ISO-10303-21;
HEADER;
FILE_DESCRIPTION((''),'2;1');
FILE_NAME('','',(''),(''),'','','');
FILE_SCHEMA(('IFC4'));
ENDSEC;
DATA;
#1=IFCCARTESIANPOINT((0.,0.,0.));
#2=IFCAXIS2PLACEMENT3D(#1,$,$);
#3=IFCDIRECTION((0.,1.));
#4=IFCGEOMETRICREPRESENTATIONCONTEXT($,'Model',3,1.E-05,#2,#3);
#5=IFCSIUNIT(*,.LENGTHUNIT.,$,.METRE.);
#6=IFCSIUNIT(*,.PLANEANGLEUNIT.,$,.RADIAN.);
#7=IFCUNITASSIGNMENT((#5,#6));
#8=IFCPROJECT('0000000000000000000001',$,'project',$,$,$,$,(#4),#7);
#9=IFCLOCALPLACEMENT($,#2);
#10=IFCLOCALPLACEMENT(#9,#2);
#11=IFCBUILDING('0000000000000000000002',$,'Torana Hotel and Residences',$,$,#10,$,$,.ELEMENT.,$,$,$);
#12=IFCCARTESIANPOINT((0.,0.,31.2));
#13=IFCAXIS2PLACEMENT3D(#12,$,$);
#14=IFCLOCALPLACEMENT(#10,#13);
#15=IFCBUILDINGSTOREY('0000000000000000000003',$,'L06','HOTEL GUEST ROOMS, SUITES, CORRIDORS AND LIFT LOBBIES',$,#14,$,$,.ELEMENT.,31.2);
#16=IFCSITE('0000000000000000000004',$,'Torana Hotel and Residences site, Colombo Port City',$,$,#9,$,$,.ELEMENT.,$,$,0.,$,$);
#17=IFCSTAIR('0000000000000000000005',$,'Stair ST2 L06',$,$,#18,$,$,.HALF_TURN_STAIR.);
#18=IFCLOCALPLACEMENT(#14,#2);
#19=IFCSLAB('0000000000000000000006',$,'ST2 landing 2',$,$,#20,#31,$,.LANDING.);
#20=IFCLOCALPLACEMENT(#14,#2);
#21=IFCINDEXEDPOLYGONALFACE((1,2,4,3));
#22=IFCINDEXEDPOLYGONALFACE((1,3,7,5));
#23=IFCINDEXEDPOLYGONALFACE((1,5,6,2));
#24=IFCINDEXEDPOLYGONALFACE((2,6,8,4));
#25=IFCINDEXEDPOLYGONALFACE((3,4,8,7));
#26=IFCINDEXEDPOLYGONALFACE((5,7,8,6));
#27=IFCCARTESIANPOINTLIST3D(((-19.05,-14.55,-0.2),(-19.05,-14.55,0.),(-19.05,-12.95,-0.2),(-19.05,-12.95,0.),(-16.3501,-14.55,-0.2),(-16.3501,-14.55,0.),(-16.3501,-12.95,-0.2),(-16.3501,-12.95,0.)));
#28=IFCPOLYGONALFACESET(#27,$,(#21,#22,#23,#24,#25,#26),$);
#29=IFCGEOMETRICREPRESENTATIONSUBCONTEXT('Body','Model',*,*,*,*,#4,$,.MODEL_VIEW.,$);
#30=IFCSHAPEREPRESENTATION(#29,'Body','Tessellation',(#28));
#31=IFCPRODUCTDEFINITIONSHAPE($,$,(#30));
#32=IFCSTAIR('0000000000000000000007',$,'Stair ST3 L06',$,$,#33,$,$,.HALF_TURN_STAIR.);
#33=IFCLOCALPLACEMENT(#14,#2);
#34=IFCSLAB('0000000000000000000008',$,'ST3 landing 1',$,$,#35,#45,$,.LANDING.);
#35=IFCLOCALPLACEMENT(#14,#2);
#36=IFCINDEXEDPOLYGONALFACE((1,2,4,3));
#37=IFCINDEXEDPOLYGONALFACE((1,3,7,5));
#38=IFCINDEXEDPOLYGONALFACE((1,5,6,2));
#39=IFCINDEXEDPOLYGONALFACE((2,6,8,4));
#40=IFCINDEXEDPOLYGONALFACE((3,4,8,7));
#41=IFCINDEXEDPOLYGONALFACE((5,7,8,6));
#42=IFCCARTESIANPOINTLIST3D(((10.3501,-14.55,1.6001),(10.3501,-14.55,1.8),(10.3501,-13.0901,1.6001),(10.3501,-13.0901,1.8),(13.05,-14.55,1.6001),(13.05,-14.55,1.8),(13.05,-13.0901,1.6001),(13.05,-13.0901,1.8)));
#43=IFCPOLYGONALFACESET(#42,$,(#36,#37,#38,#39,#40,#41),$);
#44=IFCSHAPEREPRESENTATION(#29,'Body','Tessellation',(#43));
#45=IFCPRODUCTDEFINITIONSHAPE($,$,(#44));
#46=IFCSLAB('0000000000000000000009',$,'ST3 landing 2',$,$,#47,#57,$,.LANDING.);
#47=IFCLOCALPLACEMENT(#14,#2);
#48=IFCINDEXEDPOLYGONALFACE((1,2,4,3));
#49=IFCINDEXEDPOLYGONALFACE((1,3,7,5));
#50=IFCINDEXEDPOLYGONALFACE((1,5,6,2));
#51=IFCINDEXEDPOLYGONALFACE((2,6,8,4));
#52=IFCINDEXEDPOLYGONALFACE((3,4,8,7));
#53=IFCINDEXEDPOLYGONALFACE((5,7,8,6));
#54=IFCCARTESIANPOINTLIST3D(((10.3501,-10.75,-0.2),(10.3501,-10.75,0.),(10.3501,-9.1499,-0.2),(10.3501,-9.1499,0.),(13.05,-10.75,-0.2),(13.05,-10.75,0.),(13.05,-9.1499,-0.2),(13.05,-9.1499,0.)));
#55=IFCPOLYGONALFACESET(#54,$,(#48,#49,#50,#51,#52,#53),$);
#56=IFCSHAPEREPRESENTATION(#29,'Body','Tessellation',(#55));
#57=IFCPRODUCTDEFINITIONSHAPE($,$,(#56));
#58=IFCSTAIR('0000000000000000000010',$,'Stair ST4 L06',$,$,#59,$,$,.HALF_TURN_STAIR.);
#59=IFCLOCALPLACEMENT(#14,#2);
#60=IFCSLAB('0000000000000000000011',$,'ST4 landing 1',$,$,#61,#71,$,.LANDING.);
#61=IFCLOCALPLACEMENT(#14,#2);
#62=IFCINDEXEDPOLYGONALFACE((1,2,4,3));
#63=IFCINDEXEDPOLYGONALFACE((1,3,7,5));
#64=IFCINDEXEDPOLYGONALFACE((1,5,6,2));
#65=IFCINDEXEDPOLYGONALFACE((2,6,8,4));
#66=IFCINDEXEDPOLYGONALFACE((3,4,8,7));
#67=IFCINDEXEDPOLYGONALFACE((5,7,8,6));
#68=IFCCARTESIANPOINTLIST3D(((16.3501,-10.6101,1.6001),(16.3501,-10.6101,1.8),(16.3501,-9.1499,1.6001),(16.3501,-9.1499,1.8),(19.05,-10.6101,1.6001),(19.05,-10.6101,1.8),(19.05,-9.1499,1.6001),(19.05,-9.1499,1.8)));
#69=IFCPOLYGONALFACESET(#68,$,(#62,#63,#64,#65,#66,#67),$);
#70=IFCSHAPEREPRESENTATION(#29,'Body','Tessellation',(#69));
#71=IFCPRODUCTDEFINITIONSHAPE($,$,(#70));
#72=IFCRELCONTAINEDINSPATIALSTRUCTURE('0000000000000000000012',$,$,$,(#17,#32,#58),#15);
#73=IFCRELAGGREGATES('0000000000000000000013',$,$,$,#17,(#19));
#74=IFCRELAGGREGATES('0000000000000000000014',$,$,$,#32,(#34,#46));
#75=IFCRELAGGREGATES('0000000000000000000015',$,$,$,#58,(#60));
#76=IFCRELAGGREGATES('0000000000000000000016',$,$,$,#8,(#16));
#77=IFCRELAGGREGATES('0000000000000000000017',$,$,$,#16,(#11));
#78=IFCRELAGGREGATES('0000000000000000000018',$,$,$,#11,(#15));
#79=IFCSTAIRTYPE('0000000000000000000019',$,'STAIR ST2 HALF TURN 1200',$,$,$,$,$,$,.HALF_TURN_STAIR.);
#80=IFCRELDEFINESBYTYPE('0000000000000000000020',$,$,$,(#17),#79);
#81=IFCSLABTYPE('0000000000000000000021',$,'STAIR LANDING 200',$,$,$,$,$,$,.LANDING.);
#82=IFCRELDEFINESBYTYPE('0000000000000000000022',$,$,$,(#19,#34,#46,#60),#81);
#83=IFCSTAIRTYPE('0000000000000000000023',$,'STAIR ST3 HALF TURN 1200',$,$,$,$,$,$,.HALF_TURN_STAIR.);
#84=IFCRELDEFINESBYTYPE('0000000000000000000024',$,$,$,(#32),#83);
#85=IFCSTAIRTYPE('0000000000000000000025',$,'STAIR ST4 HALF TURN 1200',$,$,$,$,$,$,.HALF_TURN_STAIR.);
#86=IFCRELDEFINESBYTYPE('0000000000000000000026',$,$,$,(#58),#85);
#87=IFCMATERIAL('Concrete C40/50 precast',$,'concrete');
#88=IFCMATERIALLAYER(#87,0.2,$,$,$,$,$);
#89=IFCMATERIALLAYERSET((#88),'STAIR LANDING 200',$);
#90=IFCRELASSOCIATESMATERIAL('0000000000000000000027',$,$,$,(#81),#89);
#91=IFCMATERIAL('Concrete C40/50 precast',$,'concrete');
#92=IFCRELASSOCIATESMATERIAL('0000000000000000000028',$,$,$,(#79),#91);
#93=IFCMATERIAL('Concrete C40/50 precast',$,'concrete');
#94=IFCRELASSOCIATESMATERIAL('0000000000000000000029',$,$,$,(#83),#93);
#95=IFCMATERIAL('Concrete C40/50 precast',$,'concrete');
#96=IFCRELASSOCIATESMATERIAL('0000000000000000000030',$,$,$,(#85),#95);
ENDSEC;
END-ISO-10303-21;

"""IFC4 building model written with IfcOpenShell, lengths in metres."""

from ifc_helpers import new_model, si_unit, direction, frame, origin, place, context, subcontext, project, spatial, polyline, outline, extrude, material, layer, layer_set, type_object, element, aggregate, save


model = new_model("IFC4")

# Units and contexts
model_context = context("Model", 3, precision=1e-05, world=origin(), true_north=direction((0.0, 1.0)))
body_context = subcontext(model_context, "Body", "Model", "MODEL_VIEW")
ifc_project = project(units=[si_unit("LENGTHUNIT", "METRE"), si_unit("PLANEANGLEUNIT", "RADIAN")], contexts=[model_context])

# Site, building, storey
site_placement = place(None, origin())
site = spatial("IfcSite", under=ifc_project, at=site_placement, Name="Torana Hotel and Residences site, Colombo Port City", CompositionType="ELEMENT", RefElevation=0.0)
building_placement = place(site_placement, origin())
building = spatial("IfcBuilding", under=site, at=building_placement, Name="Torana Hotel and Residences", CompositionType="ELEMENT")
storey_placement = place(building_placement, frame((0.0, 0.0, 31.2)))
storey = spatial("IfcBuildingStorey", under=building, at=storey_placement, Name="L06", Description="HOTEL GUEST ROOMS, SUITES, CORRIDORS AND LIFT LOBBIES", CompositionType="ELEMENT", Elevation=31.2)

# Stairs, slabs
ifc_material_1 = material(Name="Concrete C40/50 precast", Category="concrete")
ifc_layer_1 = layer(ifc_material_1, 0.2)
ifc_layer_set_1 = layer_set([ifc_layer_1], Name="STAIR LANDING 200")
slab_type_1 = type_object("IfcSlabType", Name="STAIR LANDING 200", PredefinedType="LANDING", material=ifc_layer_set_1)
ifc_material_2 = material(Name="Concrete C40/50 precast", Category="concrete")
stair_type_1 = type_object("IfcStairType", Name="STAIR ST2 HALF TURN 1200", PredefinedType="HALF_TURN_STAIR", material=ifc_material_2)
stair_1_placement = place(storey_placement, origin())
stair_1 = element("IfcStair", 1, at=stair_1_placement, inside=storey, type_object=stair_type_1, Name="Stair ST2 L06", PredefinedType="HALF_TURN_STAIR")
slab_1_placement = place(storey_placement, frame((0.0, 0.0, -0.2)))
slab_1 = element("IfcSlab", 2, at=slab_1_placement, type_object=slab_type_1, Name="ST2 landing 2", PredefinedType="LANDING", context=body_context, shape_type="SweptSolid", body=[
    extrude(outline(polyline([(-19.05, -14.55), (-16.3501, -14.55), (-16.3501, -12.95), (-19.05, -12.95), (-19.05, -14.55)])), origin(), (0.0, 0.0, 1.0), 0.2),
])
aggregate(stair_1, [slab_1])
ifc_material_3 = material(Name="Concrete C40/50 precast", Category="concrete")
stair_type_2 = type_object("IfcStairType", Name="STAIR ST3 HALF TURN 1200", PredefinedType="HALF_TURN_STAIR", material=ifc_material_3)
stair_2_placement = place(storey_placement, origin())
stair_2 = element("IfcStair", 3, at=stair_2_placement, inside=storey, type_object=stair_type_2, Name="Stair ST3 L06", PredefinedType="HALF_TURN_STAIR")
slab_2_placement = place(storey_placement, frame((0.0, 0.0, 1.6001)))
slab_2 = element("IfcSlab", 4, at=slab_2_placement, type_object=slab_type_1, Name="ST3 landing 1", PredefinedType="LANDING", context=body_context, shape_type="SweptSolid", body=[
    extrude(outline(polyline([(10.3501, -14.55), (13.05, -14.55), (13.05, -13.0901), (10.3501, -13.0901), (10.3501, -14.55)])), origin(), (0.0, 0.0, 1.0), 0.2),
])
slab_3_placement = place(storey_placement, frame((0.0, 0.0, -0.2)))
slab_3 = element("IfcSlab", 5, at=slab_3_placement, type_object=slab_type_1, Name="ST3 landing 2", PredefinedType="LANDING", context=body_context, shape_type="SweptSolid", body=[
    extrude(outline(polyline([(10.3501, -10.75), (13.05, -10.75), (13.05, -9.1499), (10.3501, -9.1499), (10.3501, -10.75)])), origin(), (0.0, 0.0, 1.0), 0.2),
])
aggregate(stair_2, [slab_2, slab_3])

# Stair, slab
ifc_material_4 = material(Name="Concrete C40/50 precast", Category="concrete")
stair_type_3 = type_object("IfcStairType", Name="STAIR ST4 HALF TURN 1200", PredefinedType="HALF_TURN_STAIR", material=ifc_material_4)
stair_3_placement = place(storey_placement, origin())
stair_3 = element("IfcStair", 6, at=stair_3_placement, inside=storey, type_object=stair_type_3, Name="Stair ST4 L06", PredefinedType="HALF_TURN_STAIR")
slab_4_placement = place(storey_placement, frame((0.0, 0.0, 1.6001)))
slab_4 = element("IfcSlab", 7, at=slab_4_placement, type_object=slab_type_1, Name="ST4 landing 1", PredefinedType="LANDING", context=body_context, shape_type="SweptSolid", body=[
    extrude(outline(polyline([(16.3501, -10.6101), (19.05, -10.6101), (19.05, -9.1499), (16.3501, -9.1499), (16.3501, -10.6101)])), origin(), (0.0, 0.0, 1.0), 0.2),
])
aggregate(stair_3, [slab_4])

save(model, "model.ifc")
